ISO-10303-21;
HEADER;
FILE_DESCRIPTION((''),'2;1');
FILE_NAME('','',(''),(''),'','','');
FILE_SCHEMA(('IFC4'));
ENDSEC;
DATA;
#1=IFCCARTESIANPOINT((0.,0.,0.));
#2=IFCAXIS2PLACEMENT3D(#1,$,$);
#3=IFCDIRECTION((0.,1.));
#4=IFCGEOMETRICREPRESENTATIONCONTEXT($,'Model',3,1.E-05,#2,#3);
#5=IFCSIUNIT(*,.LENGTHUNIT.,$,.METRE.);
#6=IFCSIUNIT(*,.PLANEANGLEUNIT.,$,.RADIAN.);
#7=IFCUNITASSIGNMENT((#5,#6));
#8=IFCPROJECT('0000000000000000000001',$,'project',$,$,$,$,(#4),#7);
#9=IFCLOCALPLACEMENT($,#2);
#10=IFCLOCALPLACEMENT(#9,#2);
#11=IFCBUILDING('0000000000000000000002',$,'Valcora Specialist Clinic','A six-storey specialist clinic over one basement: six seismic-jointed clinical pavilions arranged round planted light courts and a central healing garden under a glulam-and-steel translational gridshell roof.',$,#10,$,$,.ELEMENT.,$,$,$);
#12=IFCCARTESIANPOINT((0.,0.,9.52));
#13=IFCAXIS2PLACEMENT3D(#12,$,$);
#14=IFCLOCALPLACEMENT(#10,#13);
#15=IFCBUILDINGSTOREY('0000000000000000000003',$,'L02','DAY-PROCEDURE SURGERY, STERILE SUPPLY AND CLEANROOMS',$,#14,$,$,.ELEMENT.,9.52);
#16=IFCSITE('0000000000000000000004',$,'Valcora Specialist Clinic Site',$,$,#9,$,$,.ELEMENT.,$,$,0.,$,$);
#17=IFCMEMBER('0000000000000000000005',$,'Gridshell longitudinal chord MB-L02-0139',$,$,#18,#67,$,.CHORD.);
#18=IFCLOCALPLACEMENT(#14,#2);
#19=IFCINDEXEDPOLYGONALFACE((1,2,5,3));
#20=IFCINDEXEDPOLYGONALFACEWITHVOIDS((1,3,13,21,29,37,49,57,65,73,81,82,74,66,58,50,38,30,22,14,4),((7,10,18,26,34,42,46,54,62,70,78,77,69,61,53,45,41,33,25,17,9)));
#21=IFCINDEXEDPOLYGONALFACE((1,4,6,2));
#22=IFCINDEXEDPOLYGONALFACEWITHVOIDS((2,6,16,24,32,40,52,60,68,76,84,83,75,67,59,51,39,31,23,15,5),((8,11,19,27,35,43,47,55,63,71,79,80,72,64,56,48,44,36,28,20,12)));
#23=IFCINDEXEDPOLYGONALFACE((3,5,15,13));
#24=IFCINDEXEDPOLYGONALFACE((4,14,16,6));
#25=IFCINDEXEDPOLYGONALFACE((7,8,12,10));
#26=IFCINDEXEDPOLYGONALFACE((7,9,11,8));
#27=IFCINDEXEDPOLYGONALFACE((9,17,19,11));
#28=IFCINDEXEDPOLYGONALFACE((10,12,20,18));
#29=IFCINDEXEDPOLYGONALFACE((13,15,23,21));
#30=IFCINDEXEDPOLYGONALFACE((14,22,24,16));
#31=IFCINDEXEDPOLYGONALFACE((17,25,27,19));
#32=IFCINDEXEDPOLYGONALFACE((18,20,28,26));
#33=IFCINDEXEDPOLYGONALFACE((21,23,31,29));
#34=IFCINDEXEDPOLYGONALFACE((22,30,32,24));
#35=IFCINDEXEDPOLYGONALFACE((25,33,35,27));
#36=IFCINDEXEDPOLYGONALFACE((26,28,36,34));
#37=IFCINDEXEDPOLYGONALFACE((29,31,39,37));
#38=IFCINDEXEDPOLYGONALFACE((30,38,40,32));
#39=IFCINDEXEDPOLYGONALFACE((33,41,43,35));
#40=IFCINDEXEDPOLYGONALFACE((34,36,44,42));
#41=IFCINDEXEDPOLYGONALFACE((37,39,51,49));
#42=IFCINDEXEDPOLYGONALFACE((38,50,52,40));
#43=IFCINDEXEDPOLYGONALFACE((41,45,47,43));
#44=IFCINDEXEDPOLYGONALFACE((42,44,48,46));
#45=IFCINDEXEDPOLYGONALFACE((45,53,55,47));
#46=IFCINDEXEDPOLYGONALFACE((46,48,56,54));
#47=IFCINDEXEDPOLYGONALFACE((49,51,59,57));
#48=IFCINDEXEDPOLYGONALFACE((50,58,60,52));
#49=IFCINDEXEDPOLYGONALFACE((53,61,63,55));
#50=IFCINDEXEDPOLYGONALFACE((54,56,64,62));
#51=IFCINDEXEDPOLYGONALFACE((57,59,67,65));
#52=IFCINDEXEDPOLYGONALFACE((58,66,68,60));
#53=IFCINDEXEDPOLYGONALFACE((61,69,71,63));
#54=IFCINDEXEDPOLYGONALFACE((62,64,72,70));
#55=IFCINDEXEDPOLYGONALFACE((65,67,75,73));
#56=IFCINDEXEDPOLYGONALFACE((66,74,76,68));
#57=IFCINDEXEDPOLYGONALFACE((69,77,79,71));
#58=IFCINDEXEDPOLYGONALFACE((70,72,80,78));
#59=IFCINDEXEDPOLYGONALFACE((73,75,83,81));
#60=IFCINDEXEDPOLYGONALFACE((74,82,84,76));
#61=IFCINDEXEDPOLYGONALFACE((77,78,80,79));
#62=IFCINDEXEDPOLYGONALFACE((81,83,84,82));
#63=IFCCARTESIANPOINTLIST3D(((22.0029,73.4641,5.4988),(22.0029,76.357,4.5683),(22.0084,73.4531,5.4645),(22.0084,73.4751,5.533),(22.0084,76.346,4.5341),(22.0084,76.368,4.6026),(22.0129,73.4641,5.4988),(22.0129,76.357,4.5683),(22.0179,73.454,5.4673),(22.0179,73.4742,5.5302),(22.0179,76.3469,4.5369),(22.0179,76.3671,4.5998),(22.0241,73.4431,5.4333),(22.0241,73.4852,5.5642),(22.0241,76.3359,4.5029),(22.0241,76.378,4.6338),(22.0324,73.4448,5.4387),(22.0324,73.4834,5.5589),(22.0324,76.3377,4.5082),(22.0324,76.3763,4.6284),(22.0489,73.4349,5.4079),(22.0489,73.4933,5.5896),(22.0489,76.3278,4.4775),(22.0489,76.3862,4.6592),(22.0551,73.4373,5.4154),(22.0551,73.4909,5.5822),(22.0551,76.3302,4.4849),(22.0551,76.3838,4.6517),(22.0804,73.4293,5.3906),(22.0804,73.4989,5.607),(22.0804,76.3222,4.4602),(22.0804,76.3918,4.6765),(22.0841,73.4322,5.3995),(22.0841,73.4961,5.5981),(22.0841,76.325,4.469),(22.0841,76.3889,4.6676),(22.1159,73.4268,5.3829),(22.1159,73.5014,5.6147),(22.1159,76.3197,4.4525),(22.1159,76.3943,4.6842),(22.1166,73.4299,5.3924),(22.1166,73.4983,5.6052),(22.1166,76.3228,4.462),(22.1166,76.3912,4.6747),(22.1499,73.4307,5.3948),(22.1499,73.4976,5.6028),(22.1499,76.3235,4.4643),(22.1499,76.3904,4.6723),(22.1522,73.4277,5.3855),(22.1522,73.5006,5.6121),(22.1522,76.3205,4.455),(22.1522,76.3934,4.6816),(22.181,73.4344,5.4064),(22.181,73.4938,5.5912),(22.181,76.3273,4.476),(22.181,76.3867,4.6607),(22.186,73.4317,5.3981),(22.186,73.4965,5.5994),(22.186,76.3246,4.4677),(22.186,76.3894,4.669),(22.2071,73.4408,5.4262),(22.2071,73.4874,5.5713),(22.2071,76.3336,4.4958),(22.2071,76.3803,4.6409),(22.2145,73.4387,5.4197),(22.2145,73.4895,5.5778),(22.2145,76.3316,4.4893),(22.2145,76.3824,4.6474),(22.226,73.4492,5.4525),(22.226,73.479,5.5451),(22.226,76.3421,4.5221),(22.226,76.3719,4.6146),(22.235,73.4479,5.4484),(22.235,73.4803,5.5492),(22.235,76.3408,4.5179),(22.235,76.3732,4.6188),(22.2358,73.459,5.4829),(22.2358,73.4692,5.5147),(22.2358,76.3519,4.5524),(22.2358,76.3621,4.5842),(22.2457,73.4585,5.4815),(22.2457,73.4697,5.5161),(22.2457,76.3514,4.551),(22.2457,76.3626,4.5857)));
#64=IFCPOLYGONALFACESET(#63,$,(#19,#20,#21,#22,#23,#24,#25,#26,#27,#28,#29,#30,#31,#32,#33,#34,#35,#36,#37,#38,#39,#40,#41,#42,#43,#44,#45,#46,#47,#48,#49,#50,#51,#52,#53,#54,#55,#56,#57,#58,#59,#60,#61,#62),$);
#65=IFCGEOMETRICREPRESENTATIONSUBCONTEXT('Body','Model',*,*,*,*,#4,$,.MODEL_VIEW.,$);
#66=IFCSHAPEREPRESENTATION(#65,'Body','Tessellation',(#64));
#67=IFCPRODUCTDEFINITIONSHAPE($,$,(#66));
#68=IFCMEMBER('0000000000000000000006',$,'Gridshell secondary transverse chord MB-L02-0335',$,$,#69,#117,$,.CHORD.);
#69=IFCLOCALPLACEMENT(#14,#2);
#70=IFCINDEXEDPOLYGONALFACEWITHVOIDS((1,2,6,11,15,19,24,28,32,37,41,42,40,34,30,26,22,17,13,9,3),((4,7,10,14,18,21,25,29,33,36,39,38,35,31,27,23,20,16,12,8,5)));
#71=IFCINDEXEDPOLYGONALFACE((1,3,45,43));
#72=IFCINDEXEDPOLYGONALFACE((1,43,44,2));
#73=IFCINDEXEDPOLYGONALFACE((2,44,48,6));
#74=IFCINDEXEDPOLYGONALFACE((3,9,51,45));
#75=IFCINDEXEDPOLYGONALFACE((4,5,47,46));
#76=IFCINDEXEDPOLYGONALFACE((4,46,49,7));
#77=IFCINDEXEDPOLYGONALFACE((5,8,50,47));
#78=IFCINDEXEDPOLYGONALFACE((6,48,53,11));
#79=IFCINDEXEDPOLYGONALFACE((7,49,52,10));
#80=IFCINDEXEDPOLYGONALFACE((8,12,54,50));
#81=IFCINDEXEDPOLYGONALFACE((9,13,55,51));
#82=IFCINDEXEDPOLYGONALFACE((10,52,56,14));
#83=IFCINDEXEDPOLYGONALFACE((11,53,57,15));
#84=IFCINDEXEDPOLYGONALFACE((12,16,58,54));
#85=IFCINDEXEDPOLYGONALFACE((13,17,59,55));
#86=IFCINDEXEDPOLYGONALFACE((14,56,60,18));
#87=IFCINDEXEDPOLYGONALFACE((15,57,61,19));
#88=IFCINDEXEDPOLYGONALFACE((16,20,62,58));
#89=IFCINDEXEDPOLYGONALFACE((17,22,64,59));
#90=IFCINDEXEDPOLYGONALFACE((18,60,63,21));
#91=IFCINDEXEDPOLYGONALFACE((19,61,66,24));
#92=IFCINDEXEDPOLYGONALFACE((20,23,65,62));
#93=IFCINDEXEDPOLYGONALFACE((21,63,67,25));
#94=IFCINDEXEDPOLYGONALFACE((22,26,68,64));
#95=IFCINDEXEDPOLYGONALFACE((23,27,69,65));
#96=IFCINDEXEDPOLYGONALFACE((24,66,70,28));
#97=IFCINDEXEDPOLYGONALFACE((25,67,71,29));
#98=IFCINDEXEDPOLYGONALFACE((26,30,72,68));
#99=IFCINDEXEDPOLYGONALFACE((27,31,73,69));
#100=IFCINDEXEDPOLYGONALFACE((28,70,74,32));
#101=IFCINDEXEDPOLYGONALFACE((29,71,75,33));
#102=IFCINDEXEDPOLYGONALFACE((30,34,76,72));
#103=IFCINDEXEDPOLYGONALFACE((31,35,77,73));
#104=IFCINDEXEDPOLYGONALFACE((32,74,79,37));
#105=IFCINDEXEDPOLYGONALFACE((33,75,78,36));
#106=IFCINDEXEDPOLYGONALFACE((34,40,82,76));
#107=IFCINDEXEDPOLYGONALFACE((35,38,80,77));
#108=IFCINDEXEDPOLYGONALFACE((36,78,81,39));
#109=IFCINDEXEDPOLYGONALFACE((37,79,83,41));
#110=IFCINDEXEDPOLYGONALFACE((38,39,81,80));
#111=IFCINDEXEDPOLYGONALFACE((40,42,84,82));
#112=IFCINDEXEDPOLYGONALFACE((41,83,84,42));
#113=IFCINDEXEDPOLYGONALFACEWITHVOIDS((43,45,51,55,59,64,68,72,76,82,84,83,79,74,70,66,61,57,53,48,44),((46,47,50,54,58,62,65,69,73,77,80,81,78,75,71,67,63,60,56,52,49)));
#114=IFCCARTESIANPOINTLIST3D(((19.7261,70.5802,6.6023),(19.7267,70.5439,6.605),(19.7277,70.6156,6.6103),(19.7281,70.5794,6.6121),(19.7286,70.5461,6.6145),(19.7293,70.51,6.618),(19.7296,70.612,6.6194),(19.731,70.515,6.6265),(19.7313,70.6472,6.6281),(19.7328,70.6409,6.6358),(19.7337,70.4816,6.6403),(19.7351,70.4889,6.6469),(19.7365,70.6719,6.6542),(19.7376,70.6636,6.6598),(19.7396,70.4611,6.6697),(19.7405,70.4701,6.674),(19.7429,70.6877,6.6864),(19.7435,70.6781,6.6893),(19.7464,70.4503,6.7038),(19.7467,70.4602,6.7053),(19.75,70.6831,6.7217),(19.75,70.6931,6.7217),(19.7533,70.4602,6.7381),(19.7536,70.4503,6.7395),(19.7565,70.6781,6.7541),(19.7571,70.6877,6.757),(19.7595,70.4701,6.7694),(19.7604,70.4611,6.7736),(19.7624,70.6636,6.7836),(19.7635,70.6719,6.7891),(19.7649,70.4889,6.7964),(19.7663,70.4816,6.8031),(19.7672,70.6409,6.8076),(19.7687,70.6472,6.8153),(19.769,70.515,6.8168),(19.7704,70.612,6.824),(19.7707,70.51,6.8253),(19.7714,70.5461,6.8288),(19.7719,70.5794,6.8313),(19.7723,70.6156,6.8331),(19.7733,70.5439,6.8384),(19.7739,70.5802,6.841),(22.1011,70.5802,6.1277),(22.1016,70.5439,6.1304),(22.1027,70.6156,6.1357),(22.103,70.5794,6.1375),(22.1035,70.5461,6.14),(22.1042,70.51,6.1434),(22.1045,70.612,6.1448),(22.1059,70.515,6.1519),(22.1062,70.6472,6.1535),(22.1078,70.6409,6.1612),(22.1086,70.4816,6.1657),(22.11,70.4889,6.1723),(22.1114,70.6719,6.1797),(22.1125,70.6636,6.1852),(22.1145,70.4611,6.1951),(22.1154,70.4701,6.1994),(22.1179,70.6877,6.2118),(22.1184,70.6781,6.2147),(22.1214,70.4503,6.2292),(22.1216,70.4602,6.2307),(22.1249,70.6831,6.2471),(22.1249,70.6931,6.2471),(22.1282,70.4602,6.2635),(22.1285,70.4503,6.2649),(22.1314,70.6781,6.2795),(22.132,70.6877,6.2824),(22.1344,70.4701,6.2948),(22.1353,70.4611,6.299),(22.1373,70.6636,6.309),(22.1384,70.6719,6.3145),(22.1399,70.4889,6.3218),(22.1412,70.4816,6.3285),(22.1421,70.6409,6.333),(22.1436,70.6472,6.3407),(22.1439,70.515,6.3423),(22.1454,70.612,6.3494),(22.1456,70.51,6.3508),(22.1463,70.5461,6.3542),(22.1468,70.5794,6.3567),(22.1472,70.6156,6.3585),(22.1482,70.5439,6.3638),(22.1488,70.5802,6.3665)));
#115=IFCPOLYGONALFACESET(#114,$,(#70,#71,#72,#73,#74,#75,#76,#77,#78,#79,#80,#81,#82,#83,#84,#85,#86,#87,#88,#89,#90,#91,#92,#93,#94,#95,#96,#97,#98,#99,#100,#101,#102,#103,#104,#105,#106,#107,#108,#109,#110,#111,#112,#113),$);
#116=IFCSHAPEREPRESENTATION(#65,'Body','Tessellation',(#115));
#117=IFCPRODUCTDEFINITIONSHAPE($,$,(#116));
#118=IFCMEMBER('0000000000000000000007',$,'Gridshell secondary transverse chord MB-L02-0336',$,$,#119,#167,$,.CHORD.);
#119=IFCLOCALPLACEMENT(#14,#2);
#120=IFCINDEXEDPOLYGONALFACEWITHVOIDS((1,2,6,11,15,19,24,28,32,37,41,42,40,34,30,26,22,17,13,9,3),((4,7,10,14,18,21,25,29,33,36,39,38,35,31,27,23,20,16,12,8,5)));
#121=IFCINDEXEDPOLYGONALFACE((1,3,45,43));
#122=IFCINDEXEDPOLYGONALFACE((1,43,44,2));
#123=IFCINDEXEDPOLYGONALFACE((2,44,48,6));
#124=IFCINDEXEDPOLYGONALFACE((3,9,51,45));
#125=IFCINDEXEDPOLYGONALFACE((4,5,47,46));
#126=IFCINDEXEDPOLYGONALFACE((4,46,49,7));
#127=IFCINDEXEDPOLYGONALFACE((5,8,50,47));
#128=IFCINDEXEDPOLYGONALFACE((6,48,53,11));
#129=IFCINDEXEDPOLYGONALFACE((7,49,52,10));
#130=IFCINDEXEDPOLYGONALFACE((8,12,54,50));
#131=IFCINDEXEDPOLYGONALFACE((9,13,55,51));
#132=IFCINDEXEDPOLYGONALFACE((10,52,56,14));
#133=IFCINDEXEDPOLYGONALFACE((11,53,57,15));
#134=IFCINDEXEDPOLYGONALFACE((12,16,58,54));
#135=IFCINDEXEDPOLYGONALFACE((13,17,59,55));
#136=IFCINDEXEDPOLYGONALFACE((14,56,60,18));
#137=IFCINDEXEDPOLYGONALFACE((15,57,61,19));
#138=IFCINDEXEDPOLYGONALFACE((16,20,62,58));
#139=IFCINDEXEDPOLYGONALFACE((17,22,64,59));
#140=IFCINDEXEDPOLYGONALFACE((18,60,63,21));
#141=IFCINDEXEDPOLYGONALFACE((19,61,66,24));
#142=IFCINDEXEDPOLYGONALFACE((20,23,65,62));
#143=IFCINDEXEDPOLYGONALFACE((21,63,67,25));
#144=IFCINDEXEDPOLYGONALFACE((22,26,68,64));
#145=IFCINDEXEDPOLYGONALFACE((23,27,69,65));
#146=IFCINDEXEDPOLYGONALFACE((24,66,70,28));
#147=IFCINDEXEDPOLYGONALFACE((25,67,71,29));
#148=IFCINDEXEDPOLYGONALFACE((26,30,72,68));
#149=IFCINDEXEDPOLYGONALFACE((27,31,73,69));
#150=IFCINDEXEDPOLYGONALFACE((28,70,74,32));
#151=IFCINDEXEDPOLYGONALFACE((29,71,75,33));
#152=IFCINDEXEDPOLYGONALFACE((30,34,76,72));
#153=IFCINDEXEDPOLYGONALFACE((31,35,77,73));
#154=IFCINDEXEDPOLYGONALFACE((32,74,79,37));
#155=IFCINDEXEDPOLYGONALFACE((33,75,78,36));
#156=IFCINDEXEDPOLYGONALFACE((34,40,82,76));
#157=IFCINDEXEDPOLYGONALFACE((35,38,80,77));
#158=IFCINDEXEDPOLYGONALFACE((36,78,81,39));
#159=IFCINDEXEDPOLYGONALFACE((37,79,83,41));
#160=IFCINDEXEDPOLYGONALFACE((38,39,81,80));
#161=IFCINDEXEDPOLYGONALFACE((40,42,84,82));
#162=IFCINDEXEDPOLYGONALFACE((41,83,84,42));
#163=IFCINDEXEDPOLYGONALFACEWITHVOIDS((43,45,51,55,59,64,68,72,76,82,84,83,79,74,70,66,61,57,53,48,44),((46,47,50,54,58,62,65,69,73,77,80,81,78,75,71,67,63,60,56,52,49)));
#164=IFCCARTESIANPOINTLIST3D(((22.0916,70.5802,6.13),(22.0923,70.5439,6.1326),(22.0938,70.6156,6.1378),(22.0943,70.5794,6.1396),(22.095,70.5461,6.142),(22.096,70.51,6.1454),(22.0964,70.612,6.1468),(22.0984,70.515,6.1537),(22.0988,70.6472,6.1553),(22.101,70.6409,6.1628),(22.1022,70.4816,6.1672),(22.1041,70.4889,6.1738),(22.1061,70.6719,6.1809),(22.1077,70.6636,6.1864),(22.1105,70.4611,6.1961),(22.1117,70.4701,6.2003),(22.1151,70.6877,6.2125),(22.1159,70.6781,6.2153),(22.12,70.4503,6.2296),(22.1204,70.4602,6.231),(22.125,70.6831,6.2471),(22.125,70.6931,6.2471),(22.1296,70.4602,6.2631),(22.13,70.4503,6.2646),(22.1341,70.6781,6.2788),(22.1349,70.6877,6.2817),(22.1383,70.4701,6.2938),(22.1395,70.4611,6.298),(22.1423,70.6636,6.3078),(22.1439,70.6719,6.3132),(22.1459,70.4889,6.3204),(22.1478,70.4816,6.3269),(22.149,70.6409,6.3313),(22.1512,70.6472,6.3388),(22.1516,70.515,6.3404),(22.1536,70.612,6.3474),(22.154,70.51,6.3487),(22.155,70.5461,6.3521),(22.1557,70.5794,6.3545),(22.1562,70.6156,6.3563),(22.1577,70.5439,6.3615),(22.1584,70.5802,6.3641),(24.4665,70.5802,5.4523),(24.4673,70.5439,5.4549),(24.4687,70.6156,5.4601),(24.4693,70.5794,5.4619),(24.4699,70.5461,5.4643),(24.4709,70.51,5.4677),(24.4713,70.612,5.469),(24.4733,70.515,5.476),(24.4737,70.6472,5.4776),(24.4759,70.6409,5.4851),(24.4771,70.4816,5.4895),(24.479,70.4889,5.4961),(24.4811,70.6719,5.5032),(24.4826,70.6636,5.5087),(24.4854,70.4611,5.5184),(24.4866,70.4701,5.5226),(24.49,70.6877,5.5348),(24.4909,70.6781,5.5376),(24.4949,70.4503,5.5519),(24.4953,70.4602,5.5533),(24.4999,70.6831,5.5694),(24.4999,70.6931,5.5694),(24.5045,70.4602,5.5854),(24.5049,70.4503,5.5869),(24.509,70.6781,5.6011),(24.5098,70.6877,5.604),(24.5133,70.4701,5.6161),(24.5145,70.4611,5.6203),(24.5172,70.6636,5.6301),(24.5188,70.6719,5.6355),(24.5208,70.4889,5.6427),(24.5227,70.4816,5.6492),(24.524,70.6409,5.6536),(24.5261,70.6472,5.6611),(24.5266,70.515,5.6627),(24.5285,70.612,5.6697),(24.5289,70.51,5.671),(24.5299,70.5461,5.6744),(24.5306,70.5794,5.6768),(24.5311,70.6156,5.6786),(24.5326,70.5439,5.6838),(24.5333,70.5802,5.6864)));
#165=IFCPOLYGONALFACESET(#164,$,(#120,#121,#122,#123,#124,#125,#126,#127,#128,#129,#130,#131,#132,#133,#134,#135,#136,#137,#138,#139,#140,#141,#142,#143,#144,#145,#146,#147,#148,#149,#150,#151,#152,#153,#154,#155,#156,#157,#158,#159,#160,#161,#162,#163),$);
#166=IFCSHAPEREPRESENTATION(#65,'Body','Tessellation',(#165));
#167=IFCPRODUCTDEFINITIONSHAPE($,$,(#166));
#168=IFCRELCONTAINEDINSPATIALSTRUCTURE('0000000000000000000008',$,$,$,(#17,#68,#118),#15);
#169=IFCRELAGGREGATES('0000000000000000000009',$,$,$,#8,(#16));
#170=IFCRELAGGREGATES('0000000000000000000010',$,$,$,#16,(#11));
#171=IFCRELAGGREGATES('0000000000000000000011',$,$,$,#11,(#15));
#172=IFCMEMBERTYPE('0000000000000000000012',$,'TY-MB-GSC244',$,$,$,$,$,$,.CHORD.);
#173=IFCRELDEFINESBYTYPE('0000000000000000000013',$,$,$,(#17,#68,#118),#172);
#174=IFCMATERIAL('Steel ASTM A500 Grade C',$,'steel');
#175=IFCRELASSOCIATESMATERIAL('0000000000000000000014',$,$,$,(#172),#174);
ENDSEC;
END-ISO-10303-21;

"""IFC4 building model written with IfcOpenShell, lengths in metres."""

from ifc_helpers import new_model, si_unit, direction, frame, origin, origin_2d, place, context, subcontext, project, spatial, hollow_circle, extrude, material, material_profile, profile_set, type_object, element, save


model = new_model("IFC4")

# Units and contexts
model_context = context("Model", 3, precision=1e-05, world=origin(), true_north=direction((0.0, 1.0)))
body_context = subcontext(model_context, "Body", "Model", "MODEL_VIEW")
ifc_project = project(units=[si_unit("LENGTHUNIT", "METRE"), si_unit("PLANEANGLEUNIT", "RADIAN")], contexts=[model_context])

# Site, building, storey
site_placement = place(None, origin())
site = spatial("IfcSite", under=ifc_project, at=site_placement, Name="Valcora Specialist Clinic Site", CompositionType="ELEMENT", RefElevation=0.0)
building_placement = place(site_placement, origin())
building = spatial("IfcBuilding", under=site, at=building_placement, Name="Valcora Specialist Clinic", Description="A six-storey specialist clinic over one basement: six seismic-jointed clinical pavilions arranged round planted light courts and a central healing garden under a glulam-and-steel translational gridshell roof.", CompositionType="ELEMENT")
storey_placement = place(building_placement, frame((0.0, 0.0, 9.52)))
storey = spatial("IfcBuildingStorey", under=building, at=storey_placement, Name="L02", Description="DAY-PROCEDURE SURGERY, STERILE SUPPLY AND CLEANROOMS", CompositionType="ELEMENT", Elevation=9.52)

# Members
ifc_material_1 = material(Name="Steel ASTM A500 Grade C", Category="steel")
ifc_material_profile_1 = material_profile(ifc_material_1, hollow_circle(Radius=0.1221, WallThickness=0.01, at=origin_2d()), Name="ST-CHS-244X10")
ifc_profile_set_1 = profile_set([ifc_material_profile_1], Name="Steel ASTM A500 Grade C")
member_type_1 = type_object("IfcMemberType", Name="TY-MB-GSC244", PredefinedType="CHORD", material=ifc_profile_set_1)
member_1_placement = place(storey_placement, frame((22.125, 73.4641, 5.4988), z_axis=(0.0, 0.951973, -0.306183), x_axis=(-1.0, 0.0, 0.0)))
element("IfcMember", 1, at=member_1_placement, inside=storey, type_object=member_type_1, Name="Gridshell longitudinal chord MB-L02-0139", PredefinedType="CHORD", context=body_context, shape_type="SweptSolid", body=[
    extrude(hollow_circle(Radius=0.1221, WallThickness=0.01, at=origin_2d()), origin(), (0.0, 0.0, 1.0), 3.0388),
])
member_2_placement = place(storey_placement, frame((19.75, 70.571, 6.7217), z_axis=(0.980612, 0.0, -0.195961), x_axis=(0.0, 1.0, 0.0)))
element("IfcMember", 2, at=member_2_placement, inside=storey, type_object=member_type_1, Name="Gridshell secondary transverse chord MB-L02-0335", PredefinedType="CHORD", context=body_context, shape_type="SweptSolid", body=[
    extrude(hollow_circle(Radius=0.1221, WallThickness=0.01, at=origin_2d()), origin(), (0.0, 0.0, 1.0), 2.4219),
])
member_3_placement = place(storey_placement, frame((22.125, 70.571, 6.2471), z_axis=(0.961613, 0.0, -0.274408), x_axis=(0.0, 1.0, 0.0)))
element("IfcMember", 3, at=member_3_placement, inside=storey, type_object=member_type_1, Name="Gridshell secondary transverse chord MB-L02-0336", PredefinedType="CHORD", context=body_context, shape_type="SweptSolid", body=[
    extrude(hollow_circle(Radius=0.1221, WallThickness=0.01, at=origin_2d()), origin(), (0.0, 0.0, 1.0), 2.4697),
])

save(model, "model.ifc")
